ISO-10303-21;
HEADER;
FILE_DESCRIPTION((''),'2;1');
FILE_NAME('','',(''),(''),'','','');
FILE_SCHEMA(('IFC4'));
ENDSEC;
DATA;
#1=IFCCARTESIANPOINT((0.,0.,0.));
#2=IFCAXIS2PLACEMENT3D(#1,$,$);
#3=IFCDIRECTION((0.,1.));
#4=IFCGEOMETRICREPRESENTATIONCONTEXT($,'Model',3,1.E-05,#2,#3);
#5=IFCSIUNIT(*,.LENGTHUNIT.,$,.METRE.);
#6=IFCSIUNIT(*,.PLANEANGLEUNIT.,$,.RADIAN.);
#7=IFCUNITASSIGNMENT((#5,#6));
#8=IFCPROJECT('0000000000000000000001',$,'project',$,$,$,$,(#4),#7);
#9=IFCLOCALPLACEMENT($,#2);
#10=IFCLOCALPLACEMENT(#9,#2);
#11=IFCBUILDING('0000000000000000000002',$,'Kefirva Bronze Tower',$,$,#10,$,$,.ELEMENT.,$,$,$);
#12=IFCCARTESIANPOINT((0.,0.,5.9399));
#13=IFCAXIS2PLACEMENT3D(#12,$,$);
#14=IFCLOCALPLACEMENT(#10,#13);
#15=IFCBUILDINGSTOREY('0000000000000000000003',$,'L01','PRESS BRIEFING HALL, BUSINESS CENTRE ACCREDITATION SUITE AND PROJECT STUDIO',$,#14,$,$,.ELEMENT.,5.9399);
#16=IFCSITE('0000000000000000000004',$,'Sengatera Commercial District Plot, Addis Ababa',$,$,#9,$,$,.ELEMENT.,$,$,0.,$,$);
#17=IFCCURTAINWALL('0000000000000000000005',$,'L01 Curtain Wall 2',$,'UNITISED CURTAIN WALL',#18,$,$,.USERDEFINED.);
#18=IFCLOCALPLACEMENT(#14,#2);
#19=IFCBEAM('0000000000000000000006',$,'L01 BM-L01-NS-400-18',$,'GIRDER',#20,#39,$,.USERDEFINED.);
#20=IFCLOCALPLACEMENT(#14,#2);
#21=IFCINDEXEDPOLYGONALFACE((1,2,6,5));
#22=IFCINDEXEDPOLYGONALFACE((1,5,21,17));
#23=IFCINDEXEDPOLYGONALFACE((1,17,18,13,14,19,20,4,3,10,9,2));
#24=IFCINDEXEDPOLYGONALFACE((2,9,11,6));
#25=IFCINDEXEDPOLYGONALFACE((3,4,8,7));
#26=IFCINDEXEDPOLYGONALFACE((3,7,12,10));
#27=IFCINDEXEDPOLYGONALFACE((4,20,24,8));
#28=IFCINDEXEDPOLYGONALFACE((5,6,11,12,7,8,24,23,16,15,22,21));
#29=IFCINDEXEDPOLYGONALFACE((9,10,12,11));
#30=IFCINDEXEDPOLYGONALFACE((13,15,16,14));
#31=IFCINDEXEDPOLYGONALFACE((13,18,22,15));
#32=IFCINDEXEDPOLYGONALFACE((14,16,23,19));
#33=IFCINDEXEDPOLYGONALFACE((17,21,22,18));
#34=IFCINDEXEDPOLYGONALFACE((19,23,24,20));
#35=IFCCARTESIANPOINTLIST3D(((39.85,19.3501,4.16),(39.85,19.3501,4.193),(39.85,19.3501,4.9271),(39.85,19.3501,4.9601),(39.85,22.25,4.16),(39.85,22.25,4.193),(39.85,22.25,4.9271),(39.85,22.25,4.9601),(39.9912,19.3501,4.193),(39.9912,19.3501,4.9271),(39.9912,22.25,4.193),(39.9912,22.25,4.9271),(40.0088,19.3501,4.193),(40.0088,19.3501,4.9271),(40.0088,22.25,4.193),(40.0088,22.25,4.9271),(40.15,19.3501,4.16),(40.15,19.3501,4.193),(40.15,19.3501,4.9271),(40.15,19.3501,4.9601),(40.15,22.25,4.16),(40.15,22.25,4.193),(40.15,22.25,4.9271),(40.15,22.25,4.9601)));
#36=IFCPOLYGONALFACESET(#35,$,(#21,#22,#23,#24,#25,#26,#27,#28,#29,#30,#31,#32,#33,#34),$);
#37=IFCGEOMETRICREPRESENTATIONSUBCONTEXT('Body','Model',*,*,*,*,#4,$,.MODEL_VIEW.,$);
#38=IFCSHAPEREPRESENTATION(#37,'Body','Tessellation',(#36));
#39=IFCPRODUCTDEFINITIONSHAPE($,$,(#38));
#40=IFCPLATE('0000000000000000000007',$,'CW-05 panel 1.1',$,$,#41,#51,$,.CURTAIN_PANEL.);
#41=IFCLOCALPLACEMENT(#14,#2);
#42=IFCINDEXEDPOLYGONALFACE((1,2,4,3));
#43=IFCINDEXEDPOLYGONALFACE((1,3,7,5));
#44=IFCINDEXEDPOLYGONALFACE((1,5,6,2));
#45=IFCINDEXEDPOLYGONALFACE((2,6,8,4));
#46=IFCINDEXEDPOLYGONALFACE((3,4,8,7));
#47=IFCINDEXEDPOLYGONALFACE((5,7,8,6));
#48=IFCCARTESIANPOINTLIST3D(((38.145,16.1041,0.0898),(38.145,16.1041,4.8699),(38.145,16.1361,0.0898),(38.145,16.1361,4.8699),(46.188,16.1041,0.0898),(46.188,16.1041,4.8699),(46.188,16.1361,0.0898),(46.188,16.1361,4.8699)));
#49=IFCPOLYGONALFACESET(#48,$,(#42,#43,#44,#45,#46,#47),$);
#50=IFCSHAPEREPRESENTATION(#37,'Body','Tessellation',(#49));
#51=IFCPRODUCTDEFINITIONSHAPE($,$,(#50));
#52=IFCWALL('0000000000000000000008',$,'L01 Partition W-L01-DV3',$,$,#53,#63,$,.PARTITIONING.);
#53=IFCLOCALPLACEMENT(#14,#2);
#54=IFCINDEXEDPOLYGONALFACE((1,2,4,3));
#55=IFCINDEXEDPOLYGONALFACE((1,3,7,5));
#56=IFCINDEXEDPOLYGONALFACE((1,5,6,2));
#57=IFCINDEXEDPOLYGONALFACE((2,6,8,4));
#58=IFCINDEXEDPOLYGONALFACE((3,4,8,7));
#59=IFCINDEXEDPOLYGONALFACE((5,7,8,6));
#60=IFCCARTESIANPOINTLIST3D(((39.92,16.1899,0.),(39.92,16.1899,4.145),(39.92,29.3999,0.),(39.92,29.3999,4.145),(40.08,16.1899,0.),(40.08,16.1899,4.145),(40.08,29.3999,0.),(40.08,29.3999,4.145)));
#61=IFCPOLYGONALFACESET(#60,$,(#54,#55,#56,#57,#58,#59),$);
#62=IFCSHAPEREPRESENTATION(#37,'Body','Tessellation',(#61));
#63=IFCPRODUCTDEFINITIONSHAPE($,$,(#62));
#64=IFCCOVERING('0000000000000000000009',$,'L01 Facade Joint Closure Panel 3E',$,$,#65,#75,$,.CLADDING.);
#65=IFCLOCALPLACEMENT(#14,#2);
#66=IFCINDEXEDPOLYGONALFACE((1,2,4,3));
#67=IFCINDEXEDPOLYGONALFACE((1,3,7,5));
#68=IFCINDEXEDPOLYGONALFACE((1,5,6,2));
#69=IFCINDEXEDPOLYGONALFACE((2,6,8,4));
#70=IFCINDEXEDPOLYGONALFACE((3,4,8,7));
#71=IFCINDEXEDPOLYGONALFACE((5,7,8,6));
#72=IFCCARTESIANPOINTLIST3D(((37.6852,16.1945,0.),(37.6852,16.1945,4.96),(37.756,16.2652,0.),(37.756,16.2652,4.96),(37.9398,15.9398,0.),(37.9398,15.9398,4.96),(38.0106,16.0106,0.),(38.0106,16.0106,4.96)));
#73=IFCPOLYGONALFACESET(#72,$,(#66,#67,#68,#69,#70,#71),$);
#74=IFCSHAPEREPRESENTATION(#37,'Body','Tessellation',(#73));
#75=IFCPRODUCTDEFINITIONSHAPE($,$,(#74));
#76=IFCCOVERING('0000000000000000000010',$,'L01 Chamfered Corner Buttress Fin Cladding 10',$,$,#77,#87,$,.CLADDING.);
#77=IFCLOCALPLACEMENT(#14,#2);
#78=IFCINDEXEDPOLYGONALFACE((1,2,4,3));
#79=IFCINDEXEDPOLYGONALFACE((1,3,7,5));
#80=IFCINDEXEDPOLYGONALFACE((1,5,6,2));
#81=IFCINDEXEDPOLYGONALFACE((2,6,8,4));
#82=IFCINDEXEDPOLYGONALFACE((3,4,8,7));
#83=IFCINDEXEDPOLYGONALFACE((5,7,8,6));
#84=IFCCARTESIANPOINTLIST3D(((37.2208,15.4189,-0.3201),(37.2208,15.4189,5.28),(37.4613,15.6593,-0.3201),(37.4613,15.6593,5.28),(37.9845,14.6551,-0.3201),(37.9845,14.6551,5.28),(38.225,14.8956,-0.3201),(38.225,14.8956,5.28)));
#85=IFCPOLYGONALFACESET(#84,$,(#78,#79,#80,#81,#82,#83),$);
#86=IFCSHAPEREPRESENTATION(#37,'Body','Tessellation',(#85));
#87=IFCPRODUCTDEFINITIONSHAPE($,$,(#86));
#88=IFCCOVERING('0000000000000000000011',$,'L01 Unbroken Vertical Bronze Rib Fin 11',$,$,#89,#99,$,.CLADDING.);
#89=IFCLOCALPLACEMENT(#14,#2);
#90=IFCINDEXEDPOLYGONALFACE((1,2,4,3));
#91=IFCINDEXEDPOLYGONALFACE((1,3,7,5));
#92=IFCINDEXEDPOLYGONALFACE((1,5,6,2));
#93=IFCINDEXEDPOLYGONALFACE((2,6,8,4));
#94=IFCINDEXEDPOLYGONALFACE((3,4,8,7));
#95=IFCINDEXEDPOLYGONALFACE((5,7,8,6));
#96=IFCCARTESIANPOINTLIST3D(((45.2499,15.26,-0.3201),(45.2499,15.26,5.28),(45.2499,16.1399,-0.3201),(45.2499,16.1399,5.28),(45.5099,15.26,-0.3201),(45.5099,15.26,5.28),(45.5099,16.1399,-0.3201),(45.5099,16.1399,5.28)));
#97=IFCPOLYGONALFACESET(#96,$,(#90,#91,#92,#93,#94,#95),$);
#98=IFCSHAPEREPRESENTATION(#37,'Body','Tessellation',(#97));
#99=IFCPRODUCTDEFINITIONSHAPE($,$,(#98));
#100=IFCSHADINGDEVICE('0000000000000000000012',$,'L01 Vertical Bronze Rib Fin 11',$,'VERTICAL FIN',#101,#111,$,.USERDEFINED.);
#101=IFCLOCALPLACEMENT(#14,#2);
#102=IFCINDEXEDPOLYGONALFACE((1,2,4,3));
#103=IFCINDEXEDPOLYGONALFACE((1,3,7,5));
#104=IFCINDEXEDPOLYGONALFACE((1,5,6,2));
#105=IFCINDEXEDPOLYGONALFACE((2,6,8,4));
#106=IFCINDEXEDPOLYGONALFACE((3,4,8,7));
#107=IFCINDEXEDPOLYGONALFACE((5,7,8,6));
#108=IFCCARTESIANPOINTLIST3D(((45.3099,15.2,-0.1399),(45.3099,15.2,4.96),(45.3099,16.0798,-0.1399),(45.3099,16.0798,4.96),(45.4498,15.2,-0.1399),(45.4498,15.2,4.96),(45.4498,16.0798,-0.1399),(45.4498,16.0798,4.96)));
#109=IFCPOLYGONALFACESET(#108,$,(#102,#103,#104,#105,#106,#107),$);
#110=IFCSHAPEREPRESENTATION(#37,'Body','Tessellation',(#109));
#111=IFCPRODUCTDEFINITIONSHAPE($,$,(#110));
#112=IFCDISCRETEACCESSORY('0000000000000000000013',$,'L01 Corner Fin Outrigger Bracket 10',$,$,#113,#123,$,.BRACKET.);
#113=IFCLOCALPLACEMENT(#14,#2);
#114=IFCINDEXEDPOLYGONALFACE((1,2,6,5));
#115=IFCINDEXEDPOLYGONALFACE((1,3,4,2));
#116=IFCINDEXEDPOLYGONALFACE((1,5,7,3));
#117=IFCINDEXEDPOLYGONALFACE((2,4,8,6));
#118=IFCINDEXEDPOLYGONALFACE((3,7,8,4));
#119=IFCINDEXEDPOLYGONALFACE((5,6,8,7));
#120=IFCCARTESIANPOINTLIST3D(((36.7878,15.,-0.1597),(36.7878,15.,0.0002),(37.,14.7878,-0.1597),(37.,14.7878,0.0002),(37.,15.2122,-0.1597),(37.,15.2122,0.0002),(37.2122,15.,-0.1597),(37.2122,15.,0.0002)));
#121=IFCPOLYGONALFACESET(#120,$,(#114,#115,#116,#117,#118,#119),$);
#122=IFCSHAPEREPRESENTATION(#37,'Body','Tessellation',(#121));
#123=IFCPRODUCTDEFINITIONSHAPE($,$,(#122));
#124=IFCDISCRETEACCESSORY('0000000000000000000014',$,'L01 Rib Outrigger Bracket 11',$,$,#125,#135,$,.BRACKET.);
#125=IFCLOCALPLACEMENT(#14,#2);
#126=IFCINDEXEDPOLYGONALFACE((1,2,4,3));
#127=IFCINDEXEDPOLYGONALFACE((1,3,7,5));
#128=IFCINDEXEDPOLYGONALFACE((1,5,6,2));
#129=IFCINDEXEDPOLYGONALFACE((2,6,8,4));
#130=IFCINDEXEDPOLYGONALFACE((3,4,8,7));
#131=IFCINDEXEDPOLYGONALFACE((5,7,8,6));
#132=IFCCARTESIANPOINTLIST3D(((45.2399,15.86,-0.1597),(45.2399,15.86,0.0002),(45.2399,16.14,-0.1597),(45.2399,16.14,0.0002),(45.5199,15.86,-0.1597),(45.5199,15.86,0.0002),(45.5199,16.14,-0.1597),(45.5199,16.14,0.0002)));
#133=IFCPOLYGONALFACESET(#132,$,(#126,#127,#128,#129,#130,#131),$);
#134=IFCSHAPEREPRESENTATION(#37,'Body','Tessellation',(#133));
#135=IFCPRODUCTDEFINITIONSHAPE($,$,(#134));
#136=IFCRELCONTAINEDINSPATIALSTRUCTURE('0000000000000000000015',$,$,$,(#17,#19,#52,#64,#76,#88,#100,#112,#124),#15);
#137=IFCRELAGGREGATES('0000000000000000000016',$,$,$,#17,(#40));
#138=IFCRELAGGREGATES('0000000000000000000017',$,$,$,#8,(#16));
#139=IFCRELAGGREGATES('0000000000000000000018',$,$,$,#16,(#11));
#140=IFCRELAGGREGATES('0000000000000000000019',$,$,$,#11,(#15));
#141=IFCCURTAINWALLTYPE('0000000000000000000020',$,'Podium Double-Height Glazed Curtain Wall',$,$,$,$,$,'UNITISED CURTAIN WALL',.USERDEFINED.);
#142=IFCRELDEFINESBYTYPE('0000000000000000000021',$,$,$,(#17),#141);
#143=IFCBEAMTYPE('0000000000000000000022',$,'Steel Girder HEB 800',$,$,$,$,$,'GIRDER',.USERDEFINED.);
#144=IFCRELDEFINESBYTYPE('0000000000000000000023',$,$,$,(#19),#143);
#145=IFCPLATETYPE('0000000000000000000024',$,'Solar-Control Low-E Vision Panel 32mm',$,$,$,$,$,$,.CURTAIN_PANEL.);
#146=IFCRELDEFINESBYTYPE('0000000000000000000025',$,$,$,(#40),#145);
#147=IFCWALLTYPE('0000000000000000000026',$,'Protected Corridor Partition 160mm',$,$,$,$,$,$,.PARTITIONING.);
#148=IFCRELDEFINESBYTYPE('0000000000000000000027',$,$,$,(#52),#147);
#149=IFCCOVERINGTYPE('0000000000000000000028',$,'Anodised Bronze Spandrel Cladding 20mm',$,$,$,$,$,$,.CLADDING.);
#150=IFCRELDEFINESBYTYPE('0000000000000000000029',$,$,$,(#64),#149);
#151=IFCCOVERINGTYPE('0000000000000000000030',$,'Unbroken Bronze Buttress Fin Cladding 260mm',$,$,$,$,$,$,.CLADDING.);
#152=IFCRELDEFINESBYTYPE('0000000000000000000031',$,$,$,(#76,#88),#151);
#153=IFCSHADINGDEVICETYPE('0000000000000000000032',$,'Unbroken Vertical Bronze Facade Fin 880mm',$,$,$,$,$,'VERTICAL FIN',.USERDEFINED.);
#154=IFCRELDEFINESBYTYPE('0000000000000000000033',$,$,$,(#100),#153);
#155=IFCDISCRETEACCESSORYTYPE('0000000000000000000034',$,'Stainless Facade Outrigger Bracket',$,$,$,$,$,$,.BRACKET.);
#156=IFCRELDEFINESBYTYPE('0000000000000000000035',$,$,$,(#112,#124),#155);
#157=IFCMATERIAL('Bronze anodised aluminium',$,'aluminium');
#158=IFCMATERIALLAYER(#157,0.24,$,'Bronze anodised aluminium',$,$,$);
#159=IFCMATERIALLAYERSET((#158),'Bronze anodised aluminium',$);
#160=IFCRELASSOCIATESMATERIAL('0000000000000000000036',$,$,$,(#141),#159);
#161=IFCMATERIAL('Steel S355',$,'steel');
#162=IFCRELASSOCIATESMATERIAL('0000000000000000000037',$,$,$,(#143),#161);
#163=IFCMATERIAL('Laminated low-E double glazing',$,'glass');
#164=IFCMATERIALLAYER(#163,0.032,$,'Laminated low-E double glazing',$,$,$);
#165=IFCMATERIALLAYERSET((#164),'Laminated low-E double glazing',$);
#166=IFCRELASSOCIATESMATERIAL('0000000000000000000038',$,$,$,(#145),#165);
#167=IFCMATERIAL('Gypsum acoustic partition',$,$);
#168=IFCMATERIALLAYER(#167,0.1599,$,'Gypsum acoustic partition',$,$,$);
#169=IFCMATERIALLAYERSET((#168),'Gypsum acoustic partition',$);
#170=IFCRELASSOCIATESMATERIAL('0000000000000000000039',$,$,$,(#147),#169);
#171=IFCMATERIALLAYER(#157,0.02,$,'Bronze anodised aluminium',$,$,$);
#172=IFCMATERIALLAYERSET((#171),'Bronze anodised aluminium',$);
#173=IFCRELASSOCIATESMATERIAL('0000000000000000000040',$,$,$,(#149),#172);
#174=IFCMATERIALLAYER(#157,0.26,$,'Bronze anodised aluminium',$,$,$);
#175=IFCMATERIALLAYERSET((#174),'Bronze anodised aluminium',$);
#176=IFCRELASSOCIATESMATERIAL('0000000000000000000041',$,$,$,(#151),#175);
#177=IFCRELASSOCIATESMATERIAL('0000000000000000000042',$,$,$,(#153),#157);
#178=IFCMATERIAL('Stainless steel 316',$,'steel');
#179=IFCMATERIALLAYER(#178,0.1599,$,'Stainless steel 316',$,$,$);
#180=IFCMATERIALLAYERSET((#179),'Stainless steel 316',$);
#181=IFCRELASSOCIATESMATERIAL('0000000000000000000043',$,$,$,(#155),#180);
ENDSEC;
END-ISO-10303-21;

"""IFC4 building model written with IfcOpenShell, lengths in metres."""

from ifc_helpers import new_model, si_unit, direction, frame, frame_2d, origin, origin_2d, place, context, subcontext, project, spatial, rectangle, i_section, extrude, material, layer, layer_set, material_profile, profile_set, type_object, element, aggregate, save


model = new_model("IFC4")

# Units and contexts
model_context = context("Model", 3, precision=1e-05, world=origin(), true_north=direction((0.0, 1.0)))
body_context = subcontext(model_context, "Body", "Model", "MODEL_VIEW")
ifc_project = project(units=[si_unit("LENGTHUNIT", "METRE"), si_unit("PLANEANGLEUNIT", "RADIAN")], contexts=[model_context])

# Site, building, storey
site_placement = place(None, origin())
site = spatial("IfcSite", under=ifc_project, at=site_placement, Name="Sengatera Commercial District Plot, Addis Ababa", CompositionType="ELEMENT", RefElevation=0.0)
building_placement = place(site_placement, origin())
building = spatial("IfcBuilding", under=site, at=building_placement, Name="Kefirva Bronze Tower", CompositionType="ELEMENT")
storey_placement = place(building_placement, frame((0.0, 0.0, 5.9399)))
storey = spatial("IfcBuildingStorey", under=building, at=storey_placement, Name="L01", Description="PRESS BRIEFING HALL, BUSINESS CENTRE ACCREDITATION SUITE AND PROJECT STUDIO", CompositionType="ELEMENT", Elevation=5.9399)

# Curtain wall
ifc_material_1 = material(Name="Bronze anodised aluminium", Category="aluminium")
ifc_layer_1 = layer(ifc_material_1, 0.24, Name="Bronze anodised aluminium")
ifc_layer_set_1 = layer_set([ifc_layer_1], Name="Bronze anodised aluminium")
curtain_wall_type = type_object("IfcCurtainWallType", Name="Podium Double-Height Glazed Curtain Wall", ElementType="UNITISED CURTAIN WALL", PredefinedType="USERDEFINED", material=ifc_layer_set_1)
curtain_wall_placement = place(storey_placement, origin())
curtain_wall = element("IfcCurtainWall", 1, at=curtain_wall_placement, inside=storey, type_object=curtain_wall_type, Name="L01 Curtain Wall 2", ObjectType="UNITISED CURTAIN WALL", PredefinedType="USERDEFINED")

# Beam
ifc_material_2 = material(Name="Steel S355", Category="steel")
ifc_material_profile_1 = material_profile(ifc_material_2, i_section(OverallWidth=0.3, OverallDepth=0.8, WebThickness=0.0176, FlangeThickness=0.033, at=origin_2d()), Name="HEB 800")
ifc_profile_set_1 = profile_set([ifc_material_profile_1], Name="Steel S355")
beam_type = type_object("IfcBeamType", Name="Steel Girder HEB 800", ElementType="GIRDER", PredefinedType="USERDEFINED", material=ifc_profile_set_1)
for number, where, z_axis, x_axis, name in (
    (2, (40.0, 19.3501, 4.5601), (0.0, 1.0, 0.0), (-1.0, 0.0, 0.0), "L01 BM-L01-NS-400-18"),
):
    element("IfcBeam", number, at=place(storey_placement, frame(where, z_axis=z_axis, x_axis=x_axis)), inside=storey, type_object=beam_type, Name=name, ObjectType="GIRDER", PredefinedType="USERDEFINED", context=body_context, shape_type="SweptSolid", body=[
        extrude(i_section(OverallWidth=0.3, OverallDepth=0.8, WebThickness=0.0176, FlangeThickness=0.033, at=origin_2d()), origin(), (0.0, 0.0, 1.0), 2.8999),
    ])

# Plate
ifc_material_3 = material(Name="Laminated low-E double glazing", Category="glass")
ifc_layer_2 = layer(ifc_material_3, 0.032, Name="Laminated low-E double glazing")
ifc_layer_set_2 = layer_set([ifc_layer_2], Name="Laminated low-E double glazing")
plate_type = type_object("IfcPlateType", Name="Solar-Control Low-E Vision Panel 32mm", PredefinedType="CURTAIN_PANEL", material=ifc_layer_set_2)
plate_placement = place(storey_placement, frame((42.1665, 16.1201, 0.0898), z_axis=(0.0, 0.0, 1.0), x_axis=(1.0, 0.0, 0.0)))
plate = element("IfcPlate", 3, at=plate_placement, type_object=plate_type, Name="CW-05 panel 1.1", PredefinedType="CURTAIN_PANEL", context=body_context, shape_type="SweptSolid", body=[
    extrude(rectangle(XDim=8.043, YDim=0.032, at=origin_2d()), origin(), (0.0, 0.0, 1.0), 4.78),
])
aggregate(curtain_wall, [plate])

# Wall
ifc_material_4 = material(Name="Gypsum acoustic partition")
ifc_layer_3 = layer(ifc_material_4, 0.1599, Name="Gypsum acoustic partition")
ifc_layer_set_3 = layer_set([ifc_layer_3], Name="Gypsum acoustic partition")
wall_type = type_object("IfcWallType", Name="Protected Corridor Partition 160mm", PredefinedType="PARTITIONING", material=ifc_layer_set_3)
wall_placement = place(storey_placement, frame((40.0, 16.1899, 0.0), z_axis=(0.0, 0.0, 1.0), x_axis=(0.0, 1.0, 0.0)))
element("IfcWall", 4, at=wall_placement, inside=storey, type_object=wall_type, Name="L01 Partition W-L01-DV3", PredefinedType="PARTITIONING", context=body_context, shape_type="SweptSolid", body=[
    extrude(rectangle(XDim=13.21, YDim=0.1599, at=frame_2d((6.605, 0.0))), origin(), (0.0, 0.0, 1.0), 4.145),
])

# Coverings
ifc_layer_4 = layer(ifc_material_1, 0.02, Name="Bronze anodised aluminium")
ifc_layer_set_4 = layer_set([ifc_layer_4], Name="Bronze anodised aluminium")
covering_type_1 = type_object("IfcCoveringType", Name="Anodised Bronze Spandrel Cladding 20mm", PredefinedType="CLADDING", material=ifc_layer_set_4)
covering_1_placement = place(storey_placement, frame((37.8479, 16.1025, 0.0), z_axis=(0.0, 0.0, 1.0), x_axis=(0.707107, 0.707107, 0.0)))
element("IfcCovering", 5, at=covering_1_placement, inside=storey, type_object=covering_type_1, Name="L01 Facade Joint Closure Panel 3E", PredefinedType="CLADDING", context=body_context, shape_type="SweptSolid", body=[
    extrude(rectangle(XDim=0.1001, YDim=0.3601, at=origin_2d()), origin(), (0.0, 0.0, 1.0), 4.96),
])
ifc_layer_5 = layer(ifc_material_1, 0.26, Name="Bronze anodised aluminium")
ifc_layer_set_5 = layer_set([ifc_layer_5], Name="Bronze anodised aluminium")
covering_type_2 = type_object("IfcCoveringType", Name="Unbroken Bronze Buttress Fin Cladding 260mm", PredefinedType="CLADDING", material=ifc_layer_set_5)
covering_2_placement = place(storey_placement, frame((37.7229, 15.1572, -0.3201), z_axis=(0.0, 0.0, 1.0), x_axis=(0.707107, 0.707107, 0.0)))
element("IfcCovering", 6, at=covering_2_placement, inside=storey, type_object=covering_type_2, Name="L01 Chamfered Corner Buttress Fin Cladding 10", PredefinedType="CLADDING", context=body_context, shape_type="SweptSolid", body=[
    extrude(rectangle(XDim=0.3401, YDim=1.0801, at=origin_2d()), origin(), (0.0, 0.0, 1.0), 5.6001),
])
covering_3_placement = place(storey_placement, frame((45.3799, 15.7, -0.3201), z_axis=(0.0, 0.0, 1.0), x_axis=(1.0, 0.0, 0.0)))
element("IfcCovering", 7, at=covering_3_placement, inside=storey, type_object=covering_type_2, Name="L01 Unbroken Vertical Bronze Rib Fin 11", PredefinedType="CLADDING", context=body_context, shape_type="SweptSolid", body=[
    extrude(rectangle(XDim=0.26, YDim=0.8799, at=origin_2d()), origin(), (0.0, 0.0, 1.0), 5.6001),
])

# Shading device
ifc_material_profile_2 = material_profile(ifc_material_1, rectangle(XDim=0.1399, YDim=0.8799, at=origin_2d()), Name="BRONZE FIN 140x880")
ifc_profile_set_2 = profile_set([ifc_material_profile_2], Name="Bronze anodised aluminium")
shading_device_type = type_object("IfcShadingDeviceType", Name="Unbroken Vertical Bronze Facade Fin 880mm", ElementType="VERTICAL FIN", PredefinedType="USERDEFINED", material=ifc_profile_set_2)
shading_device_placement = place(storey_placement, frame((45.3799, 15.6399, -0.1399), z_axis=(0.0, 0.0, 1.0), x_axis=(1.0, 0.0, 0.0)))
element("IfcShadingDevice", 8, at=shading_device_placement, inside=storey, type_object=shading_device_type, Name="L01 Vertical Bronze Rib Fin 11", ObjectType="VERTICAL FIN", PredefinedType="USERDEFINED", context=body_context, shape_type="SweptSolid", body=[
    extrude(rectangle(XDim=0.1399, YDim=0.8799, at=origin_2d()), origin(), (0.0, 0.0, 1.0), 5.0999),
])

# Discrete accessories
ifc_material_5 = material(Name="Stainless steel 316", Category="steel")
ifc_layer_6 = layer(ifc_material_5, 0.1599, Name="Stainless steel 316")
ifc_layer_set_6 = layer_set([ifc_layer_6], Name="Stainless steel 316")
discrete_accessory_type = type_object("IfcDiscreteAccessoryType", Name="Stainless Facade Outrigger Bracket", PredefinedType="BRACKET", material=ifc_layer_set_6)
discrete_accessory_1_placement = place(storey_placement, frame((37.0, 15.0, -0.1597), z_axis=(0.0, 0.0, 1.0), x_axis=(0.707107, 0.707107, 0.0)))
element("IfcDiscreteAccessory", 9, at=discrete_accessory_1_placement, inside=storey, type_object=discrete_accessory_type, Name="L01 Corner Fin Outrigger Bracket 10", PredefinedType="BRACKET", context=body_context, shape_type="SweptSolid", body=[
    extrude(rectangle(XDim=0.3, YDim=0.3, at=origin_2d()), origin(), (0.0, 0.0, 1.0), 0.1599),
])
discrete_accessory_2_placement = place(storey_placement, frame((45.3799, 16.0, -0.1597), z_axis=(0.0, 0.0, 1.0), x_axis=(1.0, 0.0, 0.0)))
element("IfcDiscreteAccessory", 10, at=discrete_accessory_2_placement, inside=storey, type_object=discrete_accessory_type, Name="L01 Rib Outrigger Bracket 11", PredefinedType="BRACKET", context=body_context, shape_type="SweptSolid", body=[
    extrude(rectangle(XDim=0.28, YDim=0.28, at=origin_2d()), origin(), (0.0, 0.0, 1.0), 0.1599),
])

save(model, "model.ifc")
